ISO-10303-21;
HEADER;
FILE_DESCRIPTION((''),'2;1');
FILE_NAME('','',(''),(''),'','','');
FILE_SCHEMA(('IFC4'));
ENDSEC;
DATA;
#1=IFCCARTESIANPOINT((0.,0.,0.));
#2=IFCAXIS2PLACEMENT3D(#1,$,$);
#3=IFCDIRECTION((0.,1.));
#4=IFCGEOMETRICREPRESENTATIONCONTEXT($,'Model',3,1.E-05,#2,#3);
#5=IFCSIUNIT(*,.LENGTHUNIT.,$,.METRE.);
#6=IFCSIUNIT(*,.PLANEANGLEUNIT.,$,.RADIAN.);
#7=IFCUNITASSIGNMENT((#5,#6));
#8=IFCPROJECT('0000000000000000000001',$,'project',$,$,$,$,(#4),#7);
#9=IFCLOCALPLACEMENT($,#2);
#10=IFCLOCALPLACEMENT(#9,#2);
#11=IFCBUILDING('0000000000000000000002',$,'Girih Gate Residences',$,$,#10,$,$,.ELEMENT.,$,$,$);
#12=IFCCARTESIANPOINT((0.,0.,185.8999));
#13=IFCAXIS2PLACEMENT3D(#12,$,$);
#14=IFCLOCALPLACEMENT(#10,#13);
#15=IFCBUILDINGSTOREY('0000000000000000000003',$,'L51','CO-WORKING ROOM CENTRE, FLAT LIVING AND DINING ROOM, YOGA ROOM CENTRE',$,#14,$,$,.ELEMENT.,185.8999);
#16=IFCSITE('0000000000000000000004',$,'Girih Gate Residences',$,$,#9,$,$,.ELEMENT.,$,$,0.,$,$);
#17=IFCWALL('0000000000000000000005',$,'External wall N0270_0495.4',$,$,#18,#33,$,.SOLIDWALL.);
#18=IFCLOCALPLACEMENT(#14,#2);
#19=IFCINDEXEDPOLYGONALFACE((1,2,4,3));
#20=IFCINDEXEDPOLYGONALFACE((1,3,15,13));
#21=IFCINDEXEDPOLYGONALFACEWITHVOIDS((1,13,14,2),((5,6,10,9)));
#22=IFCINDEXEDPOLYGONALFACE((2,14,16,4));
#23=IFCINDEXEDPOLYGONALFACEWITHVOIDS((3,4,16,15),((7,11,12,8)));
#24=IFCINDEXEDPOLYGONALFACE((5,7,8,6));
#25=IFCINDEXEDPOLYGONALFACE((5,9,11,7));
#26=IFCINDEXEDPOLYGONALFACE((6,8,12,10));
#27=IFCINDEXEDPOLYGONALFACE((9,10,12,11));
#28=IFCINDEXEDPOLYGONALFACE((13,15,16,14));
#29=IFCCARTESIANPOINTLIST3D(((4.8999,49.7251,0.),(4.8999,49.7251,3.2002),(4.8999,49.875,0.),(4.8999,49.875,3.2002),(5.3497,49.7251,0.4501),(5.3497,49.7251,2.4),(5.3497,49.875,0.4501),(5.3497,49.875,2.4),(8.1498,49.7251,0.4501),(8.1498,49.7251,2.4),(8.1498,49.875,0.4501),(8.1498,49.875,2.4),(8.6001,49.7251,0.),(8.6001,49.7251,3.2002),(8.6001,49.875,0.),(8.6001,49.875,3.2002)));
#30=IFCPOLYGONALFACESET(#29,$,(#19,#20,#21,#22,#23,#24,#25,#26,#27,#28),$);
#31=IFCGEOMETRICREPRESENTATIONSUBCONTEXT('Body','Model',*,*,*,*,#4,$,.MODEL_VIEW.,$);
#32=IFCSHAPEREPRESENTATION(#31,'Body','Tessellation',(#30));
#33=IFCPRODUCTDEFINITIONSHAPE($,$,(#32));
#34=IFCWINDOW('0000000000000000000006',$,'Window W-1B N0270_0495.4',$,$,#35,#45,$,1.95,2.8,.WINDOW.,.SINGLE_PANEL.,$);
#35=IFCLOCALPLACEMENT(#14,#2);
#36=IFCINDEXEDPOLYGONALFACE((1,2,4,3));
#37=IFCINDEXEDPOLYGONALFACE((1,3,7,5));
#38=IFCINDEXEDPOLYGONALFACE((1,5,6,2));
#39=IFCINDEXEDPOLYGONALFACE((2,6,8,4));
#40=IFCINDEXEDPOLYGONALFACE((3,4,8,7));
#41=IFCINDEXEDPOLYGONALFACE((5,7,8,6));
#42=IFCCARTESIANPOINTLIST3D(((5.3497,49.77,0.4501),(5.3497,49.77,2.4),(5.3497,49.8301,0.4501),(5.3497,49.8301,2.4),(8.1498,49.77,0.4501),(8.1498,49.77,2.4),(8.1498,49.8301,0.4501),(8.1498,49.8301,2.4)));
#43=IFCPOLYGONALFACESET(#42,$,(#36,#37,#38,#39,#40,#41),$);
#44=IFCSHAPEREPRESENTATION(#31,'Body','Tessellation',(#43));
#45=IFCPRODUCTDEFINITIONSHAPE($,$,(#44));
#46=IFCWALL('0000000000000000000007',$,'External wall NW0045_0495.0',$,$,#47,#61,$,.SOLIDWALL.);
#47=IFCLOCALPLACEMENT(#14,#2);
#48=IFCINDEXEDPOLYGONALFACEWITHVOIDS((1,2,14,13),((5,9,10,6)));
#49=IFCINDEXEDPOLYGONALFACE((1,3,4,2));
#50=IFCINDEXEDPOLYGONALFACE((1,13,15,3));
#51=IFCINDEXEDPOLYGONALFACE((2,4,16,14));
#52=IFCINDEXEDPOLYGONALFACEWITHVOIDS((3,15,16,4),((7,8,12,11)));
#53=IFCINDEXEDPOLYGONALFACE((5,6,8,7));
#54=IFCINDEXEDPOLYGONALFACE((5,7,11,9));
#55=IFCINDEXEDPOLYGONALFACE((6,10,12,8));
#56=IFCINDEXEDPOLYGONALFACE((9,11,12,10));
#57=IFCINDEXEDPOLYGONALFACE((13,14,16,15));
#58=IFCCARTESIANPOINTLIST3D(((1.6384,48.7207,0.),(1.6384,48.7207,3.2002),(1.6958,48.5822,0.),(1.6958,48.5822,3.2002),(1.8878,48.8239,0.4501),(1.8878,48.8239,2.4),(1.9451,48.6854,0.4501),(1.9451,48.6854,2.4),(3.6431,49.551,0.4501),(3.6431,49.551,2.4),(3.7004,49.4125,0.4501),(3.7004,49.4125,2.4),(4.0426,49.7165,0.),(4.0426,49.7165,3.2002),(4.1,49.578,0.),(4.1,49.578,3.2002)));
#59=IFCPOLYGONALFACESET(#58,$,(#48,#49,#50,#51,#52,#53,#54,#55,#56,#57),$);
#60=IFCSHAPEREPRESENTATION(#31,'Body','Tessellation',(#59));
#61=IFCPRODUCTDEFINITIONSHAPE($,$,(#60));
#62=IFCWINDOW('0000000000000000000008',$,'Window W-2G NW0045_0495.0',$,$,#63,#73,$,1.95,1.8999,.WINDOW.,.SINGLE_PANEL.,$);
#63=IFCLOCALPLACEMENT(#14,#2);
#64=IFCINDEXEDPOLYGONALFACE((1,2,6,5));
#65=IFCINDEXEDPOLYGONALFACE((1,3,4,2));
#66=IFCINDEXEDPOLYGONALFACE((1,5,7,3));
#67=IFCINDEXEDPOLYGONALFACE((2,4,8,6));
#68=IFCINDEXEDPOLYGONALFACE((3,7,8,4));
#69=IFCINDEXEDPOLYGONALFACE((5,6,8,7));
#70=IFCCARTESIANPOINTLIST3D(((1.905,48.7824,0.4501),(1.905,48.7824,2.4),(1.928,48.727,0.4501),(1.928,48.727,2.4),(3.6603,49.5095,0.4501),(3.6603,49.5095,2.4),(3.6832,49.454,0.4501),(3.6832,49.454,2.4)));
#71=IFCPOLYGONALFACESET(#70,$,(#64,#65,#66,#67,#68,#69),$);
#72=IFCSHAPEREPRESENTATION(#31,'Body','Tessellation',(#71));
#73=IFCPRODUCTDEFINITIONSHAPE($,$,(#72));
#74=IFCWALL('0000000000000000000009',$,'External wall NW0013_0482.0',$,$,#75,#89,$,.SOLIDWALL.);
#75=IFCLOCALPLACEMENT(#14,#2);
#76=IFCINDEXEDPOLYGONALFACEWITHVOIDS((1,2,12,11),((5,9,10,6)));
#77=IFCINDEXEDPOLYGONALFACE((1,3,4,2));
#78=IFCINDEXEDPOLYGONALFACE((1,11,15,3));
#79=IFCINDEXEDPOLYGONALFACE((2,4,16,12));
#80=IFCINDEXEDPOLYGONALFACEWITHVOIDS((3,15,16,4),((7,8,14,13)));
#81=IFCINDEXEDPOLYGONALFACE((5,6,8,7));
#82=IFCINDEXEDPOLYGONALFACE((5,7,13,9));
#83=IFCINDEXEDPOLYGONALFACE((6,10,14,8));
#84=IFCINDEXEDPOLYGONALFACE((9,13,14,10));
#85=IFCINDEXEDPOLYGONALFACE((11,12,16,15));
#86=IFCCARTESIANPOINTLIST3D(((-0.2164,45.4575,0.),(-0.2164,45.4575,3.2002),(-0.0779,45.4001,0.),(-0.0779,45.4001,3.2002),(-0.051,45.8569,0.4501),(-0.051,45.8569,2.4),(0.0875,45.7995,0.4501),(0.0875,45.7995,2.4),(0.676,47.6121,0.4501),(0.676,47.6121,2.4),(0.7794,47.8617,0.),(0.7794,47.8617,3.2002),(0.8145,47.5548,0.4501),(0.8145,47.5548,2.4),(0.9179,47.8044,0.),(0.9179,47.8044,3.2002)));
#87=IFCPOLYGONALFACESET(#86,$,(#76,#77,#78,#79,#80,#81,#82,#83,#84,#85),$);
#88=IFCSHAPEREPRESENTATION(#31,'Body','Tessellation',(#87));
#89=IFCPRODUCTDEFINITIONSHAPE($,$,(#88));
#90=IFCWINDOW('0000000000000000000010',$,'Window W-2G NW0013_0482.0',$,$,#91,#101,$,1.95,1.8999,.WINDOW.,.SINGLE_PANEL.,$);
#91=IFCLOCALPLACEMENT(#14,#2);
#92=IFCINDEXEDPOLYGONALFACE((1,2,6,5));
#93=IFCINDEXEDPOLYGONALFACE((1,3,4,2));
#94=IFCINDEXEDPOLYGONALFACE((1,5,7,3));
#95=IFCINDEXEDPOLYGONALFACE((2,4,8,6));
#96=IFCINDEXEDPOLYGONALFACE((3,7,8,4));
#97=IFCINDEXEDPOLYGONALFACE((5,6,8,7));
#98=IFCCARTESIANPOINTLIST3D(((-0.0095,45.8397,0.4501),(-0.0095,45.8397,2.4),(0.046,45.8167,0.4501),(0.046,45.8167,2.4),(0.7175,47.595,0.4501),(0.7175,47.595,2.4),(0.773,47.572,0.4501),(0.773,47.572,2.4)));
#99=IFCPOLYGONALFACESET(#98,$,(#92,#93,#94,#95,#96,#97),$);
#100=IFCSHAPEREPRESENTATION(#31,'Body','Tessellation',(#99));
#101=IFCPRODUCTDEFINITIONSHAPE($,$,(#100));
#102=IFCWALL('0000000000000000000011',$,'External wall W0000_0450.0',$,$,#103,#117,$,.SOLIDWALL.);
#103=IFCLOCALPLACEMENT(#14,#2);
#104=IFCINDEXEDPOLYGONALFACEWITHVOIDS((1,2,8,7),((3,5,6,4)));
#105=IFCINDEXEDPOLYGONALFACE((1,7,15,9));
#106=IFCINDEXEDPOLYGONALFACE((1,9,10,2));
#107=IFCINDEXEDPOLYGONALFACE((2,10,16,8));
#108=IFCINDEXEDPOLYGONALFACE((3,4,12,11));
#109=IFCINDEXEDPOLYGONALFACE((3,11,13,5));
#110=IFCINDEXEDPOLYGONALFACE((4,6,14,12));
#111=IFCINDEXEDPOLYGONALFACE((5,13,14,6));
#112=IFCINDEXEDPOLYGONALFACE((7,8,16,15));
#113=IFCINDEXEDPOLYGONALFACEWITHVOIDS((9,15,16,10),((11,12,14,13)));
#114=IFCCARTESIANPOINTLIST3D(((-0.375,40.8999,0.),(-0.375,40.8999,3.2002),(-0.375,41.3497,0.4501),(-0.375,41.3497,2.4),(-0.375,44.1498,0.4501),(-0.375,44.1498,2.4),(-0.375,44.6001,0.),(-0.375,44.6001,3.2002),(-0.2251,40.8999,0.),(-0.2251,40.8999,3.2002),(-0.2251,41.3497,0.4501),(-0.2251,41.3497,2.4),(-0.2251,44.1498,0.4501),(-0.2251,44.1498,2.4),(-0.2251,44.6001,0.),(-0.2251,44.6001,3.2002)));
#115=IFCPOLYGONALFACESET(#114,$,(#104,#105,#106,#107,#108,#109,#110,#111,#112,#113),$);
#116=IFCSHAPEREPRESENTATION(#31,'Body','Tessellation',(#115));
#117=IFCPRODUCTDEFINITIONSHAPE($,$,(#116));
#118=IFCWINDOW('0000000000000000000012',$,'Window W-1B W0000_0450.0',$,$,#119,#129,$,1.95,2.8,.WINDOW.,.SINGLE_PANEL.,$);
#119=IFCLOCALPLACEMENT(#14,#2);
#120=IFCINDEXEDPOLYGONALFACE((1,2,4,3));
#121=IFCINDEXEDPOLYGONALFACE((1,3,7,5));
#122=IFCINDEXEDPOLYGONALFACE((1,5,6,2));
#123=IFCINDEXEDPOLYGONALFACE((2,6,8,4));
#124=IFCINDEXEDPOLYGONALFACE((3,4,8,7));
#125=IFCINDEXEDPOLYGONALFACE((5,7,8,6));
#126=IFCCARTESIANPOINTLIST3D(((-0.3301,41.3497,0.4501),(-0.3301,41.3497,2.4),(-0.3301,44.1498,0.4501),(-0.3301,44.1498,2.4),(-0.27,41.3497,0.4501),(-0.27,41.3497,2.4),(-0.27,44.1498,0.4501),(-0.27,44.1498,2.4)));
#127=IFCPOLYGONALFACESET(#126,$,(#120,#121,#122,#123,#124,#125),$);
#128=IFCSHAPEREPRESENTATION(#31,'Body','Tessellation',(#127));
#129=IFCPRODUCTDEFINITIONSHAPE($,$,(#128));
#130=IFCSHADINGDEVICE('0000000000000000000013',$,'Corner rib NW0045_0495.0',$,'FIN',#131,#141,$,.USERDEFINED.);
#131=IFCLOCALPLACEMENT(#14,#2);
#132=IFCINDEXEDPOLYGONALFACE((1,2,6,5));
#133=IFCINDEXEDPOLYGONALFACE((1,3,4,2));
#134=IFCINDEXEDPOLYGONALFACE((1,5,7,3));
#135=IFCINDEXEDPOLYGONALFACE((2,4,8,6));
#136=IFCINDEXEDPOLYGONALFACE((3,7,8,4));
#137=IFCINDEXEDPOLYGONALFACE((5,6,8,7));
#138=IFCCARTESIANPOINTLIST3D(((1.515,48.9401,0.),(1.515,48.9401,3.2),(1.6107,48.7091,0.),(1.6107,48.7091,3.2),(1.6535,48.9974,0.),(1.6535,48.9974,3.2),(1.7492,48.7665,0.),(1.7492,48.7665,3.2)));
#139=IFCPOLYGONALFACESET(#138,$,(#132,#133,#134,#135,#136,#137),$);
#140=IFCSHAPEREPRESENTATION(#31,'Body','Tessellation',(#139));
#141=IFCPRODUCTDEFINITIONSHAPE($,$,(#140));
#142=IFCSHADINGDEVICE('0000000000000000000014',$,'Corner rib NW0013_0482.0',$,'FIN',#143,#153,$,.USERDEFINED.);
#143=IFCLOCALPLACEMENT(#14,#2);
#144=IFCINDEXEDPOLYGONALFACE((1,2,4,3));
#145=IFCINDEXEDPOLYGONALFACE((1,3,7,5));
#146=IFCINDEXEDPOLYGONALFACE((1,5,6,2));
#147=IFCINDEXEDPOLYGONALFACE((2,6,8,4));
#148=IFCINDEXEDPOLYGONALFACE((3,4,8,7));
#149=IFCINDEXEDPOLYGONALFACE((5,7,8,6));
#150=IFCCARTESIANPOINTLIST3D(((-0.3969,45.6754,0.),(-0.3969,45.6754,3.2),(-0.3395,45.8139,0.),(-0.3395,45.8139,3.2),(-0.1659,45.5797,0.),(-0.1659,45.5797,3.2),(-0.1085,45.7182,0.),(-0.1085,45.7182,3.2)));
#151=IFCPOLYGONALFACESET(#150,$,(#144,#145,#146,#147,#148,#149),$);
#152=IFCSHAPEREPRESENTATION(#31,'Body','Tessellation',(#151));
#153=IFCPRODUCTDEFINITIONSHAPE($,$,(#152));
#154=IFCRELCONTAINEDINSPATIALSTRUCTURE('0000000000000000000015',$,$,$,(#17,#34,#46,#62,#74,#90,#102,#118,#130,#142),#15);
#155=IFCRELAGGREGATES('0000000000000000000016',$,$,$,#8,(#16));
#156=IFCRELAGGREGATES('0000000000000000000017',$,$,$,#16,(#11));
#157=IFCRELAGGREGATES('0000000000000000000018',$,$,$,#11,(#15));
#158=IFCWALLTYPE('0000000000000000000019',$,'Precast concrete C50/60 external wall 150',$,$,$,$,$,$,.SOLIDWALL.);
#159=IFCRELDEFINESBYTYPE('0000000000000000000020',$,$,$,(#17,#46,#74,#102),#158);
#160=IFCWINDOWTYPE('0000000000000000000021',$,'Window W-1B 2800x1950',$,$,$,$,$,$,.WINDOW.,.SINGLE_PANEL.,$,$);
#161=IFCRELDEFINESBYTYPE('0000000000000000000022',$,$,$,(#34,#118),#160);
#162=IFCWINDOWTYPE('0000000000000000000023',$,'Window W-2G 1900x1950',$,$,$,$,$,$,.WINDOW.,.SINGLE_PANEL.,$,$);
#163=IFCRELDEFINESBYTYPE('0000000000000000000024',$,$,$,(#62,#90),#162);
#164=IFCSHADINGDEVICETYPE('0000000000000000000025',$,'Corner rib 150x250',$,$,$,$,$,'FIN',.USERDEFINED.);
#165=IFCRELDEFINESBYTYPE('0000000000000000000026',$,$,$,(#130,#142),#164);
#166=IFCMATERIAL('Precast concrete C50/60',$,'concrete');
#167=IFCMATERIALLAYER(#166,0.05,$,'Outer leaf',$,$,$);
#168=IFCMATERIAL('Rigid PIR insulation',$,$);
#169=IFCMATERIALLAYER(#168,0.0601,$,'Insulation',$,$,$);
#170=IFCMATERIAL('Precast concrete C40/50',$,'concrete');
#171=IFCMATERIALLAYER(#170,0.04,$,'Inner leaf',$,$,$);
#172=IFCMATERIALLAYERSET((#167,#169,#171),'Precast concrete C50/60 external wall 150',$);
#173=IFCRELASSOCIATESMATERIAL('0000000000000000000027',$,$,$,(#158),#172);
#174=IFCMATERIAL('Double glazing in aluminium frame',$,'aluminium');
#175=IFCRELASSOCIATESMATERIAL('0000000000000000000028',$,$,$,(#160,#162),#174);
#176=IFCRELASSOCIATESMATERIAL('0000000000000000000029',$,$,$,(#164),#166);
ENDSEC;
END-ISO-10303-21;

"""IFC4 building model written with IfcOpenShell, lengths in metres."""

from ifc_helpers import new_model, si_unit, direction, frame, frame_2d, origin, origin_2d, place, context, subcontext, project, spatial, rectangle, extrude, material, layer, layer_set, type_object, element, fill, save


model = new_model("IFC4")

# Units and contexts
model_context = context("Model", 3, precision=1e-05, world=origin(), true_north=direction((0.0, 1.0)))
body_context = subcontext(model_context, "Body", "Model", "MODEL_VIEW")
ifc_project = project(units=[si_unit("LENGTHUNIT", "METRE"), si_unit("PLANEANGLEUNIT", "RADIAN")], contexts=[model_context])

# Site, building, storey
site_placement = place(None, origin())
site = spatial("IfcSite", under=ifc_project, at=site_placement, Name="Girih Gate Residences", CompositionType="ELEMENT", RefElevation=0.0)
building_placement = place(site_placement, origin())
building = spatial("IfcBuilding", under=site, at=building_placement, Name="Girih Gate Residences", CompositionType="ELEMENT")
storey_placement = place(building_placement, frame((0.0, 0.0, 185.8999)))
storey = spatial("IfcBuildingStorey", under=building, at=storey_placement, Name="L51", Description="CO-WORKING ROOM CENTRE, FLAT LIVING AND DINING ROOM, YOGA ROOM CENTRE", CompositionType="ELEMENT", Elevation=185.8999)

# Walls, openings, windows
ifc_material_1 = material(Name="Precast concrete C50/60", Category="concrete")
ifc_layer_1 = layer(ifc_material_1, 0.05, Name="Outer leaf")
ifc_material_2 = material(Name="Rigid PIR insulation")
ifc_layer_2 = layer(ifc_material_2, 0.0601, Name="Insulation")
ifc_material_3 = material(Name="Precast concrete C40/50", Category="concrete")
ifc_layer_3 = layer(ifc_material_3, 0.04, Name="Inner leaf")
ifc_layer_set_1 = layer_set([ifc_layer_1, ifc_layer_2, ifc_layer_3], Name="Precast concrete C50/60 external wall 150")
wall_type_1 = type_object("IfcWallType", Name="Precast concrete C50/60 external wall 150", PredefinedType="SOLIDWALL", material=ifc_layer_set_1)
wall_1_placement = place(storey_placement, frame((4.8999, 49.8, 0.0), z_axis=(0.0, 0.0, 1.0), x_axis=(1.0, 0.0, 0.0)))
wall_1 = element("IfcWall", 1, at=wall_1_placement, inside=storey, type_object=wall_type_1, Name="External wall N0270_0495.4", PredefinedType="SOLIDWALL", context=body_context, shape_type="SweptSolid", body=[
    extrude(rectangle(XDim=3.7002, YDim=0.1499, at=frame_2d((1.8501, 0.0))), origin(), (0.0, 0.0, 1.0), 3.2002),
])
opening_1_placement = place(wall_1_placement, frame((0.45, 0.0, 0.45)))
opening_1 = element("IfcOpeningElement", 2, at=opening_1_placement, cuts=wall_1, PredefinedType="OPENING", context=body_context, shape_type="SweptSolid", body=[
    extrude(rectangle(XDim=2.8, YDim=1.95, at=frame_2d((1.3999, 0.9751))), frame((0.0, 0.085, 0.0), z_axis=(0.0, -1.0, 0.0), x_axis=(1.0, 0.0, 0.0)), (0.0, 0.0, 1.0), 0.1699),
])
ifc_material_4 = material(Name="Double glazing in aluminium frame", Category="aluminium")
window_type_1 = type_object("IfcWindowType", Name="Window W-1B 2800x1950", PartitioningType="SINGLE_PANEL", PredefinedType="WINDOW", material=ifc_material_4)
window_1_placement = place(opening_1_placement, origin())
window_1 = element("IfcWindow", 3, at=window_1_placement, inside=storey, type_object=window_type_1, Name="Window W-1B N0270_0495.4", OverallHeight=1.95, OverallWidth=2.8, PartitioningType="SINGLE_PANEL", PredefinedType="WINDOW", context=body_context, shape_type="SweptSolid", body=[
    extrude(rectangle(XDim=2.8, YDim=1.95, at=frame_2d((1.3999, 0.9751))), frame((0.0, 0.03, 0.0), z_axis=(0.0, -1.0, 0.0), x_axis=(1.0, 0.0, 0.0)), (0.0, 0.0, 1.0), 0.0601),
])
fill(opening_1, window_1)
wall_2_placement = place(storey_placement, frame((1.667, 48.6514, 0.0), z_axis=(0.0, 0.0, 1.0), x_axis=(0.923885, 0.382669, 0.0)))
wall_2 = element("IfcWall", 4, at=wall_2_placement, inside=storey, type_object=wall_type_1, Name="External wall NW0045_0495.0", PredefinedType="SOLIDWALL", context=body_context, shape_type="SweptSolid", body=[
    extrude(rectangle(XDim=2.6023, YDim=0.1499, at=frame_2d((1.3013, 0.0))), origin(), (0.0, 0.0, 1.0), 3.2002),
])
opening_2_placement = place(wall_2_placement, frame((0.27, 0.0, 0.45)))
opening_2 = element("IfcOpeningElement", 5, at=opening_2_placement, cuts=wall_2, PredefinedType="OPENING", context=body_context, shape_type="SweptSolid", body=[
    extrude(rectangle(XDim=1.8999, YDim=1.95, at=frame_2d((0.95, 0.9751))), frame((0.0, 0.085, 0.0), z_axis=(0.0, -1.0, 0.0), x_axis=(1.0, 0.0, 0.0)), (0.0, 0.0, 1.0), 0.1699),
])
window_type_2 = type_object("IfcWindowType", Name="Window W-2G 1900x1950", PartitioningType="SINGLE_PANEL", PredefinedType="WINDOW", material=ifc_material_4)
window_2_placement = place(opening_2_placement, origin())
window_2 = element("IfcWindow", 6, at=window_2_placement, inside=storey, type_object=window_type_2, Name="Window W-2G NW0045_0495.0", OverallHeight=1.95, OverallWidth=1.8999, PartitioningType="SINGLE_PANEL", PredefinedType="WINDOW", context=body_context, shape_type="SweptSolid", body=[
    extrude(rectangle(XDim=1.8999, YDim=1.95, at=frame_2d((0.95, 0.9751))), frame((0.0, 0.03, 0.0), z_axis=(0.0, -1.0, 0.0), x_axis=(1.0, 0.0, 0.0)), (0.0, 0.0, 1.0), 0.0601),
])
fill(opening_2, window_2)
wall_3_placement = place(storey_placement, frame((-0.1472, 45.4287, 0.0), z_axis=(0.0, 0.0, 1.0), x_axis=(0.382669, 0.923885, 0.0)))
wall_3 = element("IfcWall", 7, at=wall_3_placement, inside=storey, type_object=wall_type_1, Name="External wall NW0013_0482.0", PredefinedType="SOLIDWALL", context=body_context, shape_type="SweptSolid", body=[
    extrude(rectangle(XDim=2.6023, YDim=0.1499, at=frame_2d((1.3013, 0.0))), origin(), (0.0, 0.0, 1.0), 3.2002),
])
opening_3_placement = place(wall_3_placement, frame((0.4324, 0.0, 0.45)))
opening_3 = element("IfcOpeningElement", 8, at=opening_3_placement, cuts=wall_3, PredefinedType="OPENING", context=body_context, shape_type="SweptSolid", body=[
    extrude(rectangle(XDim=1.8999, YDim=1.95, at=frame_2d((0.95, 0.9751))), frame((0.0, 0.085, 0.0), z_axis=(0.0, -1.0, 0.0), x_axis=(1.0, 0.0, 0.0)), (0.0, 0.0, 1.0), 0.1699),
])
window_3_placement = place(opening_3_placement, origin())
window_3 = element("IfcWindow", 9, at=window_3_placement, inside=storey, type_object=window_type_2, Name="Window W-2G NW0013_0482.0", OverallHeight=1.95, OverallWidth=1.8999, PartitioningType="SINGLE_PANEL", PredefinedType="WINDOW", context=body_context, shape_type="SweptSolid", body=[
    extrude(rectangle(XDim=1.8999, YDim=1.95, at=frame_2d((0.95, 0.9751))), frame((0.0, 0.03, 0.0), z_axis=(0.0, -1.0, 0.0), x_axis=(1.0, 0.0, 0.0)), (0.0, 0.0, 1.0), 0.0601),
])
fill(opening_3, window_3)
wall_4_placement = place(storey_placement, frame((-0.3, 40.8999, 0.0), z_axis=(0.0, 0.0, 1.0), x_axis=(0.0, 1.0, 0.0)))
wall_4 = element("IfcWall", 10, at=wall_4_placement, inside=storey, type_object=wall_type_1, Name="External wall W0000_0450.0", PredefinedType="SOLIDWALL", context=body_context, shape_type="SweptSolid", body=[
    extrude(rectangle(XDim=3.7002, YDim=0.1499, at=frame_2d((1.8501, 0.0))), origin(), (0.0, 0.0, 1.0), 3.2002),
])
opening_4_placement = place(wall_4_placement, frame((0.45, 0.0, 0.45)))
opening_4 = element("IfcOpeningElement", 11, at=opening_4_placement, cuts=wall_4, PredefinedType="OPENING", context=body_context, shape_type="SweptSolid", body=[
    extrude(rectangle(XDim=2.8, YDim=1.95, at=frame_2d((1.3999, 0.9751))), frame((0.0, 0.085, 0.0), z_axis=(0.0, -1.0, 0.0), x_axis=(1.0, 0.0, 0.0)), (0.0, 0.0, 1.0), 0.1699),
])
window_4_placement = place(opening_4_placement, origin())
window_4 = element("IfcWindow", 12, at=window_4_placement, inside=storey, type_object=window_type_1, Name="Window W-1B W0000_0450.0", OverallHeight=1.95, OverallWidth=2.8, PartitioningType="SINGLE_PANEL", PredefinedType="WINDOW", context=body_context, shape_type="SweptSolid", body=[
    extrude(rectangle(XDim=2.8, YDim=1.95, at=frame_2d((1.3999, 0.9751))), frame((0.0, 0.03, 0.0), z_axis=(0.0, -1.0, 0.0), x_axis=(1.0, 0.0, 0.0)), (0.0, 0.0, 1.0), 0.0601),
])
fill(opening_4, window_4)

# Shading devices
shading_device_type = type_object("IfcShadingDeviceType", Name="Corner rib 150x250", ElementType="FIN", PredefinedType="USERDEFINED", material=ifc_material_1)
for number, where, z_axis, x_axis, name in (
    (13, (1.6321, 48.8533, 0.0), (0.0, 0.0, 1.0), (-0.92388, -0.382683, 0.0), "Corner rib NW0045_0495.0"),
    (14, (-0.2527, 45.6968, 0.0), (0.0, 0.0, 1.0), (-0.382683, -0.92388, 0.0), "Corner rib NW0013_0482.0"),
):
    element("IfcShadingDevice", number, at=place(storey_placement, frame(where, z_axis=z_axis, x_axis=x_axis)), inside=storey, type_object=shading_device_type, Name=name, ObjectType="FIN", PredefinedType="USERDEFINED", context=body_context, shape_type="SweptSolid", body=[
        extrude(rectangle(XDim=0.1499, YDim=0.25, at=origin_2d()), origin(), (0.0, 0.0, 1.0), 3.2),
    ])

save(model, "model.ifc")
